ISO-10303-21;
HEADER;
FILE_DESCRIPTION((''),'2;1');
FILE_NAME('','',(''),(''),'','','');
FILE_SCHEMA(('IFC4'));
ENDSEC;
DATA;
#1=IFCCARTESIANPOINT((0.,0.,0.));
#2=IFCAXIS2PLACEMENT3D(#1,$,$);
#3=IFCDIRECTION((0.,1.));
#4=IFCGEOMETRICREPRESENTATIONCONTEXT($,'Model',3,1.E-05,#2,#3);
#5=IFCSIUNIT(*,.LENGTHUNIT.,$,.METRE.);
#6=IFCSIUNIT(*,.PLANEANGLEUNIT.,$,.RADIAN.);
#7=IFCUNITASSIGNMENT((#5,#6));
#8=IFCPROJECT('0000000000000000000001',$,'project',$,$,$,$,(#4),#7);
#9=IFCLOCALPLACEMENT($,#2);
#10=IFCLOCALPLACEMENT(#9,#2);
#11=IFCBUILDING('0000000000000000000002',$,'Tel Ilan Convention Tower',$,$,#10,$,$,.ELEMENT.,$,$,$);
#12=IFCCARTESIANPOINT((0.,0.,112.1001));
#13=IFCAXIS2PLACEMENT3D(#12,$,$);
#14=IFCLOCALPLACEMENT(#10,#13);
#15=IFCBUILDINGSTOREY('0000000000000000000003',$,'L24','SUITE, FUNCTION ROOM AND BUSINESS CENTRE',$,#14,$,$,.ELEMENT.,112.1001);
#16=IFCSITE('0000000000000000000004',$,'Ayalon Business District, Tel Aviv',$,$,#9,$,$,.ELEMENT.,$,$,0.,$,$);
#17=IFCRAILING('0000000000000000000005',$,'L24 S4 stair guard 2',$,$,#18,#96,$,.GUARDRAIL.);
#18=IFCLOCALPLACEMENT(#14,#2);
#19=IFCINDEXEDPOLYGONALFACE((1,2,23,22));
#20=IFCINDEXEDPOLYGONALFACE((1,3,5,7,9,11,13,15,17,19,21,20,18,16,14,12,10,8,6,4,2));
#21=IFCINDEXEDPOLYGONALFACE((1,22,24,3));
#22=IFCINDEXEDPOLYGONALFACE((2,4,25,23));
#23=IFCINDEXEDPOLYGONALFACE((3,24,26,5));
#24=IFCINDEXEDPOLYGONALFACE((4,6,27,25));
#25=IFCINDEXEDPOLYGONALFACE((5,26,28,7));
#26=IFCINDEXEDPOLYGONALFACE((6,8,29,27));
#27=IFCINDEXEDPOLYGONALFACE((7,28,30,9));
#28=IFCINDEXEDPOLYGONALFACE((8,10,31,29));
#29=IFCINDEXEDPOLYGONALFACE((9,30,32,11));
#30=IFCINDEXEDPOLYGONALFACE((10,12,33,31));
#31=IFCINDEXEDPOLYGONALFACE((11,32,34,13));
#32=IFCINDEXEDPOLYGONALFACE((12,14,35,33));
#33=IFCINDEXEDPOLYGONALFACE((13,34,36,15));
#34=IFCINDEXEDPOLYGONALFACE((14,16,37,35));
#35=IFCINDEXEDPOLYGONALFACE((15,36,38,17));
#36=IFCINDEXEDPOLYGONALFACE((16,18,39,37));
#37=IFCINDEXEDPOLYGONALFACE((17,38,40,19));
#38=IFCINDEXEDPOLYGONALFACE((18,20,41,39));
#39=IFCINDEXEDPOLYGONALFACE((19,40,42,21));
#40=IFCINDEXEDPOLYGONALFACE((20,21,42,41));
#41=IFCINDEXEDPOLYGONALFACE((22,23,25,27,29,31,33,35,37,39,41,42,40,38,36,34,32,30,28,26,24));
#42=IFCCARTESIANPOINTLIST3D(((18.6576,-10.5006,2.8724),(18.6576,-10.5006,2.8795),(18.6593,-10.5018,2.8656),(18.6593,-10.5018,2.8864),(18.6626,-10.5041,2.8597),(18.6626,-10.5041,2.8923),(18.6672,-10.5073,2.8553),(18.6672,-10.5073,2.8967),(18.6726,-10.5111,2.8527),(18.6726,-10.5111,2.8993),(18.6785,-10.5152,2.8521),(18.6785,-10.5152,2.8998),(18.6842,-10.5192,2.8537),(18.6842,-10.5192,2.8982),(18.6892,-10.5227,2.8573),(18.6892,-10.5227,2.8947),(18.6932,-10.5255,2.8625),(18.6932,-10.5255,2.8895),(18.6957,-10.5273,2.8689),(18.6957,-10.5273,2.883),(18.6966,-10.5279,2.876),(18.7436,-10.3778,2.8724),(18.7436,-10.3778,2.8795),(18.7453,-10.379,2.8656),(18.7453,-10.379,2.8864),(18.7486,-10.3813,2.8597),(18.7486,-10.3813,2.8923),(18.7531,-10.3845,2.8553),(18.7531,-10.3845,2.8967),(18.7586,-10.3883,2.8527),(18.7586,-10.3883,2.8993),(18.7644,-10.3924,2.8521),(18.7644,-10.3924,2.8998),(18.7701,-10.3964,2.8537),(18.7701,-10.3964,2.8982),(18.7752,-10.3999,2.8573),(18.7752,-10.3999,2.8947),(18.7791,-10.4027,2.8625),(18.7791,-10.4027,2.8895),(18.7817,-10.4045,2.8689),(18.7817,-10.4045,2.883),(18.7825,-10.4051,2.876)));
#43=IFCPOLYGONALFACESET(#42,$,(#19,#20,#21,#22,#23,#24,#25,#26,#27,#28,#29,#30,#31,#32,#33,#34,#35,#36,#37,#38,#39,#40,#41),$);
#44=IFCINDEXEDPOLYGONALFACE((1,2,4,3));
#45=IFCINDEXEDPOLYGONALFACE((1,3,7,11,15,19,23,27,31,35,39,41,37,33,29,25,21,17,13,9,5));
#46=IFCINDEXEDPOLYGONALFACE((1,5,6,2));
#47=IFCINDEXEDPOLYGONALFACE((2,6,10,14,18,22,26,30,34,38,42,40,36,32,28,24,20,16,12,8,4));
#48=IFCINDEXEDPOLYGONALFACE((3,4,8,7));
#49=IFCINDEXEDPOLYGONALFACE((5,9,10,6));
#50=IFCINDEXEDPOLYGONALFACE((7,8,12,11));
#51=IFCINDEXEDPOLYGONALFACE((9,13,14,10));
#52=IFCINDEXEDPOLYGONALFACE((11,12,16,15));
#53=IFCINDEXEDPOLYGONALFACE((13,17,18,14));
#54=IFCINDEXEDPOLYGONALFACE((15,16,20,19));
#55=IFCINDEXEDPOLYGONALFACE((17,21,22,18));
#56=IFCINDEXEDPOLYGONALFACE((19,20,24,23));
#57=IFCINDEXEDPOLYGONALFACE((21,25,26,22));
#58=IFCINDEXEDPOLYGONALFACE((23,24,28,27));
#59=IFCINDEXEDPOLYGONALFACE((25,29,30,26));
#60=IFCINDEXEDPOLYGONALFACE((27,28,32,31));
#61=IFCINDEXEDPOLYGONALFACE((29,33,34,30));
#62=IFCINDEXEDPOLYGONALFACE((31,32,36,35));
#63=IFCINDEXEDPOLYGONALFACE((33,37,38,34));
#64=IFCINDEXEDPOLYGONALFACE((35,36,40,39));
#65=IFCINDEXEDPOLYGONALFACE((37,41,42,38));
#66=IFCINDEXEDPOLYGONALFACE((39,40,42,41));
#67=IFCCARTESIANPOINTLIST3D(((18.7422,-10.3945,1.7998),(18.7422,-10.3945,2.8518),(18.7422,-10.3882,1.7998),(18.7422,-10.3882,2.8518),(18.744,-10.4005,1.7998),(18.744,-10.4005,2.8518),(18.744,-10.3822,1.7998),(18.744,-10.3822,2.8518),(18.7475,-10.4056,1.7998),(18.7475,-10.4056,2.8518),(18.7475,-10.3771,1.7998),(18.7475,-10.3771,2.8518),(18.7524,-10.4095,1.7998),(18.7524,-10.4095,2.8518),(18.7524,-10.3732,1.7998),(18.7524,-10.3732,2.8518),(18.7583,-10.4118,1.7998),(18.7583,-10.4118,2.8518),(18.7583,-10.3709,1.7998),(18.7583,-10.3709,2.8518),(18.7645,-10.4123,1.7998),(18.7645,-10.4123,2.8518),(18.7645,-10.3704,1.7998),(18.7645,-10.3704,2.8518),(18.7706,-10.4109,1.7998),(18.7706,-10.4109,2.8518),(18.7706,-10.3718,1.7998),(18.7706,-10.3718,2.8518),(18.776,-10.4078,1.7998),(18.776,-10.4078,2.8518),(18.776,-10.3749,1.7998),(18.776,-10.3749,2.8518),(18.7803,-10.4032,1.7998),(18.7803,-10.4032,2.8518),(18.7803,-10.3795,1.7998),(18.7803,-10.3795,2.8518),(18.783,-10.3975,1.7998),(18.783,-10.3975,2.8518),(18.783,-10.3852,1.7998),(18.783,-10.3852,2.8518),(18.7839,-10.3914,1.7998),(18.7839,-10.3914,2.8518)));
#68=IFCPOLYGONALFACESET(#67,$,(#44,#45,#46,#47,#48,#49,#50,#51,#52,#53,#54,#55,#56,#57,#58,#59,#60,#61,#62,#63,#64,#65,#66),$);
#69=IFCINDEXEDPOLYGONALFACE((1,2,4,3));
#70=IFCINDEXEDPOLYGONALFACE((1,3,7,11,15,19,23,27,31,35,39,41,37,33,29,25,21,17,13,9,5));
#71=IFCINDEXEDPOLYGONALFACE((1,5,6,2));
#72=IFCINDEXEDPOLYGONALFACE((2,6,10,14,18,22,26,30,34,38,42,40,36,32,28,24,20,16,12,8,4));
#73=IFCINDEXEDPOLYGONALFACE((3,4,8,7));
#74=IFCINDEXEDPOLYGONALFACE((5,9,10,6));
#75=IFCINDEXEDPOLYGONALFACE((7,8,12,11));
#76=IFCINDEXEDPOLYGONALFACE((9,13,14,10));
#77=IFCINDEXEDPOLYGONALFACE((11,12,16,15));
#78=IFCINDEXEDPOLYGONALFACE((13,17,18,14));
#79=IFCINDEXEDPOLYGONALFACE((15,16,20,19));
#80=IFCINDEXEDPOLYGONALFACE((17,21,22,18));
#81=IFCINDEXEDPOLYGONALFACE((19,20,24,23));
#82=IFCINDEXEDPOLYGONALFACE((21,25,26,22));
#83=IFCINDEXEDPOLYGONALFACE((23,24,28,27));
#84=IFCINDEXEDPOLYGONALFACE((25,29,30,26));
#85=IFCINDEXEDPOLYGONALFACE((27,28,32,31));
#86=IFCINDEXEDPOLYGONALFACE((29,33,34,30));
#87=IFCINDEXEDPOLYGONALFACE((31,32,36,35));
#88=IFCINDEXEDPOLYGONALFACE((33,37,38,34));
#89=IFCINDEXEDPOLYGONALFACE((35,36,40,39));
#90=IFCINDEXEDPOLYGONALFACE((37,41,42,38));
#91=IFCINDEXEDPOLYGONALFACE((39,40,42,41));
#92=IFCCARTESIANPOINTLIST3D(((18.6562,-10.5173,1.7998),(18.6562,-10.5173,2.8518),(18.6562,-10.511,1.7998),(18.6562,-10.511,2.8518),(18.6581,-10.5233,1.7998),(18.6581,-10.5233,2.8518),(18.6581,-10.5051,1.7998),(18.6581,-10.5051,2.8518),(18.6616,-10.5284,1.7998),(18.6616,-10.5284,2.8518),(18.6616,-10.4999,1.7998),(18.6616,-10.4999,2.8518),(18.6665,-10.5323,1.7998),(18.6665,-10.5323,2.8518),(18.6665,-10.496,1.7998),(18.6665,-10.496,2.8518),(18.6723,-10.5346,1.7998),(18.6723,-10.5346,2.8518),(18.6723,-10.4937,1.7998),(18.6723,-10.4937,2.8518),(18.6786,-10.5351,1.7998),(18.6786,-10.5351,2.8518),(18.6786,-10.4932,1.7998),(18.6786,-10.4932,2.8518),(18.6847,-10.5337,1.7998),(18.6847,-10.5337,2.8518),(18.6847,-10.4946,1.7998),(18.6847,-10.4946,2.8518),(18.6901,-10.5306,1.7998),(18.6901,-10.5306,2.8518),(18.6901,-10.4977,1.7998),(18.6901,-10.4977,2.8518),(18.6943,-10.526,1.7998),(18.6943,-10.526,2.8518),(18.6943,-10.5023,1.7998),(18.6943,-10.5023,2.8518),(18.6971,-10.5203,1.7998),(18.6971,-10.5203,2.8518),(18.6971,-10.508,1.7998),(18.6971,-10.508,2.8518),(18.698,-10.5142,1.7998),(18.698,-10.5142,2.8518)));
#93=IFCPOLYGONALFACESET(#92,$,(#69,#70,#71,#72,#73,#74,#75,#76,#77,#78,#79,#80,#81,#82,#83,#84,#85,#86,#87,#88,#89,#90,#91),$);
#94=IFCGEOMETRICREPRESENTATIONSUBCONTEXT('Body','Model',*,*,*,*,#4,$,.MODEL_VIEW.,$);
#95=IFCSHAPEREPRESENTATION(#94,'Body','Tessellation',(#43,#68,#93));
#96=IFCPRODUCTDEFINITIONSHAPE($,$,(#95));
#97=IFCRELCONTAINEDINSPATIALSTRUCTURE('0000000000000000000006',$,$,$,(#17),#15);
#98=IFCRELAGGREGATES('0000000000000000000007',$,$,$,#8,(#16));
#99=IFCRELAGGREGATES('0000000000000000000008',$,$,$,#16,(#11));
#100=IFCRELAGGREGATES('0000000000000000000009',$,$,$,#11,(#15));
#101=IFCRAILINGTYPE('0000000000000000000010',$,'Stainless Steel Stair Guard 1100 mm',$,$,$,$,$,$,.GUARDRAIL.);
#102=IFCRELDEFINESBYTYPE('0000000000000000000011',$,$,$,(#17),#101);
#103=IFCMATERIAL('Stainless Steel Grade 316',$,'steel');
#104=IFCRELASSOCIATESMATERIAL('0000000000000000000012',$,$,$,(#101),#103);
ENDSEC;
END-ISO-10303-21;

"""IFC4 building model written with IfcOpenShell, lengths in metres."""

from ifc_helpers import new_model, si_unit, direction, frame, origin, origin_2d, place, context, subcontext, project, spatial, circle, extrude, material, type_object, element, save


model = new_model("IFC4")

# Units and contexts
model_context = context("Model", 3, precision=1e-05, world=origin(), true_north=direction((0.0, 1.0)))
body_context = subcontext(model_context, "Body", "Model", "MODEL_VIEW")
ifc_project = project(units=[si_unit("LENGTHUNIT", "METRE"), si_unit("PLANEANGLEUNIT", "RADIAN")], contexts=[model_context])

# Site, building, storey
site_placement = place(None, origin())
site = spatial("IfcSite", under=ifc_project, at=site_placement, Name="Ayalon Business District, Tel Aviv", CompositionType="ELEMENT", RefElevation=0.0)
building_placement = place(site_placement, origin())
building = spatial("IfcBuilding", under=site, at=building_placement, Name="Tel Ilan Convention Tower", CompositionType="ELEMENT")
storey_placement = place(building_placement, frame((0.0, 0.0, 112.1001)))
storey = spatial("IfcBuildingStorey", under=building, at=storey_placement, Name="L24", Description="SUITE, FUNCTION ROOM AND BUSINESS CENTRE", CompositionType="ELEMENT", Elevation=112.1001)

# Railing
ifc_material_1 = material(Name="Stainless Steel Grade 316", Category="steel")
railing_type_1 = type_object("IfcRailingType", Name="Stainless Steel Stair Guard 1100 mm", PredefinedType="GUARDRAIL", material=ifc_material_1)
railing_1_placement = place(storey_placement, frame((18.7629, -10.3914, 1.7998)))
element("IfcRailing", 1, at=railing_1_placement, inside=storey, type_object=railing_type_1, Name="L24 S4 stair guard 2", PredefinedType="GUARDRAIL", context=body_context, shape_type="SweptSolid", body=[
    extrude(circle(Radius=0.0239, at=origin_2d()), frame((0.0, 0.0, 1.0762), z_axis=(-0.573353, -0.819308, 0.0), x_axis=(0.819308, -0.573353, 0.0)), (0.0, 0.0, 1.0), 0.1499),
    extrude(circle(Radius=0.021, at=origin_2d()), origin(), (0.0, 0.0, 1.0), 1.052),
    extrude(circle(Radius=0.021, at=origin_2d()), frame((-0.0859, -0.1228, 0.0)), (0.0, 0.0, 1.0), 1.052),
])

save(model, "model.ifc")
